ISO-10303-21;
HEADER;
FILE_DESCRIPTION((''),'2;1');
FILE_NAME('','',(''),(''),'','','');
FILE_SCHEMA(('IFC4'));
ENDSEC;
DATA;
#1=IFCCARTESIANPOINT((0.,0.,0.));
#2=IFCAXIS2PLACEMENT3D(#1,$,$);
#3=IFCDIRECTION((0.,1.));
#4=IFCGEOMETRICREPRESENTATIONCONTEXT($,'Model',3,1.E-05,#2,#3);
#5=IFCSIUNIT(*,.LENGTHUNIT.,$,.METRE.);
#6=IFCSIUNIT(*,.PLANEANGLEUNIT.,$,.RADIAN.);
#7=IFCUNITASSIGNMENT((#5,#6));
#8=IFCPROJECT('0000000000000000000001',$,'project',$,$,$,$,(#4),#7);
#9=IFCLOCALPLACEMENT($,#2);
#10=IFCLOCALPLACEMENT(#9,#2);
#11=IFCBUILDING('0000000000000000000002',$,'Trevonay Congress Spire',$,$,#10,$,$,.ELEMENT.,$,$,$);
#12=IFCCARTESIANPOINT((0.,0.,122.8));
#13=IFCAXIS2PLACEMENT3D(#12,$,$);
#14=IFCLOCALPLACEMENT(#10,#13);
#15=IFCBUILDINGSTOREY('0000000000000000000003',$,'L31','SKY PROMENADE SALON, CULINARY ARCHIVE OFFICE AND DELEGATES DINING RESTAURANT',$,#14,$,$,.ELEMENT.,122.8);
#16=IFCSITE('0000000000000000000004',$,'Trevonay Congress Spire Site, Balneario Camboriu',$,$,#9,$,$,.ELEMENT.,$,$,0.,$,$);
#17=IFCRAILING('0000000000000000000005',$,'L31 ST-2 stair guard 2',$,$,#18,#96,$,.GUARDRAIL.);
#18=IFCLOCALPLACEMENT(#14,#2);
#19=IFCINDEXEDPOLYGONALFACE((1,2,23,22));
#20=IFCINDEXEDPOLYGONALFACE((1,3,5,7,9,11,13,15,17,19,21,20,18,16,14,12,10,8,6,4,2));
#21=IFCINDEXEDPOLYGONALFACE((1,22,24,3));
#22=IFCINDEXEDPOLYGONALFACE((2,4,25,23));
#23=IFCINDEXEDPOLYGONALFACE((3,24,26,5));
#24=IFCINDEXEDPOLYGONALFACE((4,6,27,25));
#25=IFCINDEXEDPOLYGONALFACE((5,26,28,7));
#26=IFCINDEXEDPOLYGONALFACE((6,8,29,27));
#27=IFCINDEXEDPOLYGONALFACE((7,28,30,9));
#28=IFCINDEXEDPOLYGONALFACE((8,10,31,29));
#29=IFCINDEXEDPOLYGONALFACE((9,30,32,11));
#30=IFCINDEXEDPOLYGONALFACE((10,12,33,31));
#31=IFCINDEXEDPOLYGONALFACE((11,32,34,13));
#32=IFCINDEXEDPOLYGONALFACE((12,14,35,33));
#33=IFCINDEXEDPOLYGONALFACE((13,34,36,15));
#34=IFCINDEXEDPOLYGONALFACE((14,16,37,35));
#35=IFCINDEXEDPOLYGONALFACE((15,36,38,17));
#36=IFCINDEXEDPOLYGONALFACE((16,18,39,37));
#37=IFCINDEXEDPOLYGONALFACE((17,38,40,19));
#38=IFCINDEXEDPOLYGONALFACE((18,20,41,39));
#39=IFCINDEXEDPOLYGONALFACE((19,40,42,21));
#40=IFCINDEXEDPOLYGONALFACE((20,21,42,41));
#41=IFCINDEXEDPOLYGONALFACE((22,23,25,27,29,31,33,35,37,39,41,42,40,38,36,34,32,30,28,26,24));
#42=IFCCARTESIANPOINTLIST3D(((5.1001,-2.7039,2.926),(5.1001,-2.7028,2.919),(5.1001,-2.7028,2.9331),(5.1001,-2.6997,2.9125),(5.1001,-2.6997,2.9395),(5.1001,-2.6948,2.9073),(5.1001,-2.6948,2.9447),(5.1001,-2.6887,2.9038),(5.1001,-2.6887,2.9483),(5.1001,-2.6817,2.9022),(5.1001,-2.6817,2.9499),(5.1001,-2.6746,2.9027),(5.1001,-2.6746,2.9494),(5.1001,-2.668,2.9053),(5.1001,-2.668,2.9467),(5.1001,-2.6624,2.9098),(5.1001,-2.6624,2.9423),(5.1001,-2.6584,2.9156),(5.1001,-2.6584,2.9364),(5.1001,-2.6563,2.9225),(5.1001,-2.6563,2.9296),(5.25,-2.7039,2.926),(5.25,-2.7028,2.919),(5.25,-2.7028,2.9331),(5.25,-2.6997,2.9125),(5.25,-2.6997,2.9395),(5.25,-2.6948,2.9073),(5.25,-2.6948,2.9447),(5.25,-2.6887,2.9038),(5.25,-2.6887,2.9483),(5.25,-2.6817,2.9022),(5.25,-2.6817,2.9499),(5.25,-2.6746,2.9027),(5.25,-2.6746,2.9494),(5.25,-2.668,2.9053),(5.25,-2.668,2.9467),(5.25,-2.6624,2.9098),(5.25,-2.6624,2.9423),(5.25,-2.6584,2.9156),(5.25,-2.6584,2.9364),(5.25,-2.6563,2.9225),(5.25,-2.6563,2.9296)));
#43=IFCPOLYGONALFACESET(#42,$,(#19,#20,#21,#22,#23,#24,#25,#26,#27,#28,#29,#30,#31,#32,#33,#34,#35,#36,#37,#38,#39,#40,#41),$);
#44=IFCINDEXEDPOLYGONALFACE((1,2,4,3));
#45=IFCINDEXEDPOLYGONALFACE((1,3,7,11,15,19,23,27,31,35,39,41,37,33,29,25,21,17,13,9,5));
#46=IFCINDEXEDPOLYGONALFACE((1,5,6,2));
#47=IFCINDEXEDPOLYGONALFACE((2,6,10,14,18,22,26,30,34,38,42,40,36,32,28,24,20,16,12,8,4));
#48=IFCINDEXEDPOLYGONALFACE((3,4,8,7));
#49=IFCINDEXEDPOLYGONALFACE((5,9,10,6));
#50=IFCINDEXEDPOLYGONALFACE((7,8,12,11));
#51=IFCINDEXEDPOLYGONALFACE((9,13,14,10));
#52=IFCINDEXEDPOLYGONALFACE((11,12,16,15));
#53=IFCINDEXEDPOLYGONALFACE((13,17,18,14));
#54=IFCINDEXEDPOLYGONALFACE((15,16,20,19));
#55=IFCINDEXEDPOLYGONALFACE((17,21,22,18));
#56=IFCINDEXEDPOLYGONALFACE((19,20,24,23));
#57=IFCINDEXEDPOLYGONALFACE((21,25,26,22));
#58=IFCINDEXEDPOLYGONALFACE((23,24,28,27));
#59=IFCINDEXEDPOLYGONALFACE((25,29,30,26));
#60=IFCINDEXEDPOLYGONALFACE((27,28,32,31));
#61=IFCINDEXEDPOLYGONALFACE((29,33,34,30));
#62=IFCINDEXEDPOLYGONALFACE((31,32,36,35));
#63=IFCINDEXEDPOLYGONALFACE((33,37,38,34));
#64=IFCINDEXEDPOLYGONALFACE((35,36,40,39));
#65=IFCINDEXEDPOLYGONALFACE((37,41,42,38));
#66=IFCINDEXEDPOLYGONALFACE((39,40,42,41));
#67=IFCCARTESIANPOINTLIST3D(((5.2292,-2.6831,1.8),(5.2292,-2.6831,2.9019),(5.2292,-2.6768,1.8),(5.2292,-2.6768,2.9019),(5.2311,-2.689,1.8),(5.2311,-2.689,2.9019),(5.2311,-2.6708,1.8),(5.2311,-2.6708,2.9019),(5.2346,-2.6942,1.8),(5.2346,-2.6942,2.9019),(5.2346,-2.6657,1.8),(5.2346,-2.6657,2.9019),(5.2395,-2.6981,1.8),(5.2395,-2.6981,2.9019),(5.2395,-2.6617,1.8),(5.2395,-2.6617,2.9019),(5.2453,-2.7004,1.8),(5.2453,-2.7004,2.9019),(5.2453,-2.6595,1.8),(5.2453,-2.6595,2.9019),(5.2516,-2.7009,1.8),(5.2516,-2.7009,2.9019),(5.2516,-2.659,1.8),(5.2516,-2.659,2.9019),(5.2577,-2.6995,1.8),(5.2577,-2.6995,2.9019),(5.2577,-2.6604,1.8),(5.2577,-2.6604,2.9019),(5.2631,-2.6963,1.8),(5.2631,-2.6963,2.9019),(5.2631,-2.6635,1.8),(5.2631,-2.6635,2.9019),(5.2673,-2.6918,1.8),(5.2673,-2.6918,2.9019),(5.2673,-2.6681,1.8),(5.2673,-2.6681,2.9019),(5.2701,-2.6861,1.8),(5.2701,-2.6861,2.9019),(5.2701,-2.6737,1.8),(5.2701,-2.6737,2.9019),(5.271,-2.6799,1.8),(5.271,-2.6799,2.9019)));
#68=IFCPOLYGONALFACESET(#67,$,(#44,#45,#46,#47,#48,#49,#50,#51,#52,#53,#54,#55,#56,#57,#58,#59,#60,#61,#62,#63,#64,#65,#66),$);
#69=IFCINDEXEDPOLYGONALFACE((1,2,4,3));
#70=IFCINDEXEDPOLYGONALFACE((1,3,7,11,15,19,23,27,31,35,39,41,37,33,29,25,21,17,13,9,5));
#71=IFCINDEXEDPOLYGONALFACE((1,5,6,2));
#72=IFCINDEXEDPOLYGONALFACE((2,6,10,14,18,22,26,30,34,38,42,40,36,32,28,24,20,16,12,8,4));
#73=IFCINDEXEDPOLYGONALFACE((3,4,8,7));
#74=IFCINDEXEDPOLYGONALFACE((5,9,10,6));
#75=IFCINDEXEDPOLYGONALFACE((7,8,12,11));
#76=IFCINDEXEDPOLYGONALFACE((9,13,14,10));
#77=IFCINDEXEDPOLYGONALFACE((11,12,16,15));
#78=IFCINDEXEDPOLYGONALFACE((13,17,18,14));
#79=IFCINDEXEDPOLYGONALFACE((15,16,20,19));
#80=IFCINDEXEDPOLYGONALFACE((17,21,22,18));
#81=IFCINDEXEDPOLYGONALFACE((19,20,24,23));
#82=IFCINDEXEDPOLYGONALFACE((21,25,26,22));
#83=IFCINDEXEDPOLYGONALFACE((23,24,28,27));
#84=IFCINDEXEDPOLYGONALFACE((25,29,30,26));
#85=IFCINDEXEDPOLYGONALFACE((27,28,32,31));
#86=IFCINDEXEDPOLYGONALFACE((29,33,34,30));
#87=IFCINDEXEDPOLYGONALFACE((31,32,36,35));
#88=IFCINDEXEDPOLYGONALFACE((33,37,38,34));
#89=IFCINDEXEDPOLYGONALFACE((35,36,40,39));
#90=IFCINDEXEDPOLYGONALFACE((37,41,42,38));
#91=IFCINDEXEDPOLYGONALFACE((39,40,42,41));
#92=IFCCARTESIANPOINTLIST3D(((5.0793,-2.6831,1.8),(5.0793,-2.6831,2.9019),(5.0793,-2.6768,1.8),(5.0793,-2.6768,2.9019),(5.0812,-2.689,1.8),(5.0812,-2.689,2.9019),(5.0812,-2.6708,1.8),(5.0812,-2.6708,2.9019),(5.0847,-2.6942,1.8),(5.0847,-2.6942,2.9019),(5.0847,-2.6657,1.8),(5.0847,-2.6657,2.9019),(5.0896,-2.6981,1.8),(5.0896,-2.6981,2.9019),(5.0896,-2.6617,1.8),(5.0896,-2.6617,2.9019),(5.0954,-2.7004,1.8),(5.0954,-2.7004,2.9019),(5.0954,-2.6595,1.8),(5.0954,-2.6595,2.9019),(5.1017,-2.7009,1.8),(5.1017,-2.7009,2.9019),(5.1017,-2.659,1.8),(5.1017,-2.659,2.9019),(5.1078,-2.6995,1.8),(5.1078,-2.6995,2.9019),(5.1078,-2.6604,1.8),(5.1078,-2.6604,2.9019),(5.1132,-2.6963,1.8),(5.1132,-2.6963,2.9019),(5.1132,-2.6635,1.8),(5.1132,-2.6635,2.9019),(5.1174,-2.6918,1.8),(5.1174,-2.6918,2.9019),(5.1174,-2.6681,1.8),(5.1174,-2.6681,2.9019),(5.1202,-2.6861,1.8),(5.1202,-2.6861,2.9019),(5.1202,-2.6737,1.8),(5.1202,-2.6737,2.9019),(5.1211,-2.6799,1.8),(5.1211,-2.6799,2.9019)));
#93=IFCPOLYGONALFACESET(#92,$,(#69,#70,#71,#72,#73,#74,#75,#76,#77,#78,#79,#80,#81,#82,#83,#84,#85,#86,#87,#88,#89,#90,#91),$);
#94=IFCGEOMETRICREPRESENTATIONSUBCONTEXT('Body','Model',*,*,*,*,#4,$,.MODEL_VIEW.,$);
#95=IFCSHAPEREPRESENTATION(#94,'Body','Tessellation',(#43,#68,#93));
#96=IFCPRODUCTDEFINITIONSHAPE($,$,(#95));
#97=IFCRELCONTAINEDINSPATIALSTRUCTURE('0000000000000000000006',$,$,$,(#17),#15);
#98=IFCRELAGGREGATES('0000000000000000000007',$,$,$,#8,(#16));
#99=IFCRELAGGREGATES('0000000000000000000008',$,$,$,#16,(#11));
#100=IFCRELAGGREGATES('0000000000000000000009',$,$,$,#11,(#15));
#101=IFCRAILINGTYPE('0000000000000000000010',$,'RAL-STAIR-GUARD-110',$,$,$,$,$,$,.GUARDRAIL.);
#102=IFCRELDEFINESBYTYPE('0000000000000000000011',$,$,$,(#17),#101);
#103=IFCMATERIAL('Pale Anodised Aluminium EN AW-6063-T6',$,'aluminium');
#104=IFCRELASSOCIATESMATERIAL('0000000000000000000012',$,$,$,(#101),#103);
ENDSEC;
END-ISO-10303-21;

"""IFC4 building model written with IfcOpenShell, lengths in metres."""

from ifc_helpers import new_model, si_unit, direction, frame, origin, origin_2d, place, context, subcontext, project, spatial, circle, extrude, material, type_object, element, save


model = new_model("IFC4")

# Units and contexts
model_context = context("Model", 3, precision=1e-05, world=origin(), true_north=direction((0.0, 1.0)))
body_context = subcontext(model_context, "Body", "Model", "MODEL_VIEW")
ifc_project = project(units=[si_unit("LENGTHUNIT", "METRE"), si_unit("PLANEANGLEUNIT", "RADIAN")], contexts=[model_context])

# Site, building, storey
site_placement = place(None, origin())
site = spatial("IfcSite", under=ifc_project, at=site_placement, Name="Trevonay Congress Spire Site, Balneario Camboriu", CompositionType="ELEMENT", RefElevation=0.0)
building_placement = place(site_placement, origin())
building = spatial("IfcBuilding", under=site, at=building_placement, Name="Trevonay Congress Spire", CompositionType="ELEMENT")
storey_placement = place(building_placement, frame((0.0, 0.0, 122.8)))
storey = spatial("IfcBuildingStorey", under=building, at=storey_placement, Name="L31", Description="SKY PROMENADE SALON, CULINARY ARCHIVE OFFICE AND DELEGATES DINING RESTAURANT", CompositionType="ELEMENT", Elevation=122.8)

# Railing
ifc_material_1 = material(Name="Pale Anodised Aluminium EN AW-6063-T6", Category="aluminium")
railing_type_1 = type_object("IfcRailingType", Name="RAL-STAIR-GUARD-110", PredefinedType="GUARDRAIL", material=ifc_material_1)
railing_1_placement = place(storey_placement, frame((5.25, -2.6799, 1.8)))
element("IfcRailing", 1, at=railing_1_placement, inside=storey, type_object=railing_type_1, Name="L31 ST-2 stair guard 2", PredefinedType="GUARDRAIL", context=body_context, shape_type="SweptSolid", body=[
    extrude(circle(Radius=0.0239, at=origin_2d()), frame((0.0, 0.0, 1.126), z_axis=(-1.0, 0.0, 0.0), x_axis=(0.0, -1.0, 0.0)), (0.0, 0.0, 1.0), 0.1499),
    extrude(circle(Radius=0.021, at=origin_2d()), origin(), (0.0, 0.0, 1.0), 1.1018),
    extrude(circle(Radius=0.021, at=origin_2d()), frame((-0.1499, 0.0, 0.0)), (0.0, 0.0, 1.0), 1.1018),
])

save(model, "model.ifc")
